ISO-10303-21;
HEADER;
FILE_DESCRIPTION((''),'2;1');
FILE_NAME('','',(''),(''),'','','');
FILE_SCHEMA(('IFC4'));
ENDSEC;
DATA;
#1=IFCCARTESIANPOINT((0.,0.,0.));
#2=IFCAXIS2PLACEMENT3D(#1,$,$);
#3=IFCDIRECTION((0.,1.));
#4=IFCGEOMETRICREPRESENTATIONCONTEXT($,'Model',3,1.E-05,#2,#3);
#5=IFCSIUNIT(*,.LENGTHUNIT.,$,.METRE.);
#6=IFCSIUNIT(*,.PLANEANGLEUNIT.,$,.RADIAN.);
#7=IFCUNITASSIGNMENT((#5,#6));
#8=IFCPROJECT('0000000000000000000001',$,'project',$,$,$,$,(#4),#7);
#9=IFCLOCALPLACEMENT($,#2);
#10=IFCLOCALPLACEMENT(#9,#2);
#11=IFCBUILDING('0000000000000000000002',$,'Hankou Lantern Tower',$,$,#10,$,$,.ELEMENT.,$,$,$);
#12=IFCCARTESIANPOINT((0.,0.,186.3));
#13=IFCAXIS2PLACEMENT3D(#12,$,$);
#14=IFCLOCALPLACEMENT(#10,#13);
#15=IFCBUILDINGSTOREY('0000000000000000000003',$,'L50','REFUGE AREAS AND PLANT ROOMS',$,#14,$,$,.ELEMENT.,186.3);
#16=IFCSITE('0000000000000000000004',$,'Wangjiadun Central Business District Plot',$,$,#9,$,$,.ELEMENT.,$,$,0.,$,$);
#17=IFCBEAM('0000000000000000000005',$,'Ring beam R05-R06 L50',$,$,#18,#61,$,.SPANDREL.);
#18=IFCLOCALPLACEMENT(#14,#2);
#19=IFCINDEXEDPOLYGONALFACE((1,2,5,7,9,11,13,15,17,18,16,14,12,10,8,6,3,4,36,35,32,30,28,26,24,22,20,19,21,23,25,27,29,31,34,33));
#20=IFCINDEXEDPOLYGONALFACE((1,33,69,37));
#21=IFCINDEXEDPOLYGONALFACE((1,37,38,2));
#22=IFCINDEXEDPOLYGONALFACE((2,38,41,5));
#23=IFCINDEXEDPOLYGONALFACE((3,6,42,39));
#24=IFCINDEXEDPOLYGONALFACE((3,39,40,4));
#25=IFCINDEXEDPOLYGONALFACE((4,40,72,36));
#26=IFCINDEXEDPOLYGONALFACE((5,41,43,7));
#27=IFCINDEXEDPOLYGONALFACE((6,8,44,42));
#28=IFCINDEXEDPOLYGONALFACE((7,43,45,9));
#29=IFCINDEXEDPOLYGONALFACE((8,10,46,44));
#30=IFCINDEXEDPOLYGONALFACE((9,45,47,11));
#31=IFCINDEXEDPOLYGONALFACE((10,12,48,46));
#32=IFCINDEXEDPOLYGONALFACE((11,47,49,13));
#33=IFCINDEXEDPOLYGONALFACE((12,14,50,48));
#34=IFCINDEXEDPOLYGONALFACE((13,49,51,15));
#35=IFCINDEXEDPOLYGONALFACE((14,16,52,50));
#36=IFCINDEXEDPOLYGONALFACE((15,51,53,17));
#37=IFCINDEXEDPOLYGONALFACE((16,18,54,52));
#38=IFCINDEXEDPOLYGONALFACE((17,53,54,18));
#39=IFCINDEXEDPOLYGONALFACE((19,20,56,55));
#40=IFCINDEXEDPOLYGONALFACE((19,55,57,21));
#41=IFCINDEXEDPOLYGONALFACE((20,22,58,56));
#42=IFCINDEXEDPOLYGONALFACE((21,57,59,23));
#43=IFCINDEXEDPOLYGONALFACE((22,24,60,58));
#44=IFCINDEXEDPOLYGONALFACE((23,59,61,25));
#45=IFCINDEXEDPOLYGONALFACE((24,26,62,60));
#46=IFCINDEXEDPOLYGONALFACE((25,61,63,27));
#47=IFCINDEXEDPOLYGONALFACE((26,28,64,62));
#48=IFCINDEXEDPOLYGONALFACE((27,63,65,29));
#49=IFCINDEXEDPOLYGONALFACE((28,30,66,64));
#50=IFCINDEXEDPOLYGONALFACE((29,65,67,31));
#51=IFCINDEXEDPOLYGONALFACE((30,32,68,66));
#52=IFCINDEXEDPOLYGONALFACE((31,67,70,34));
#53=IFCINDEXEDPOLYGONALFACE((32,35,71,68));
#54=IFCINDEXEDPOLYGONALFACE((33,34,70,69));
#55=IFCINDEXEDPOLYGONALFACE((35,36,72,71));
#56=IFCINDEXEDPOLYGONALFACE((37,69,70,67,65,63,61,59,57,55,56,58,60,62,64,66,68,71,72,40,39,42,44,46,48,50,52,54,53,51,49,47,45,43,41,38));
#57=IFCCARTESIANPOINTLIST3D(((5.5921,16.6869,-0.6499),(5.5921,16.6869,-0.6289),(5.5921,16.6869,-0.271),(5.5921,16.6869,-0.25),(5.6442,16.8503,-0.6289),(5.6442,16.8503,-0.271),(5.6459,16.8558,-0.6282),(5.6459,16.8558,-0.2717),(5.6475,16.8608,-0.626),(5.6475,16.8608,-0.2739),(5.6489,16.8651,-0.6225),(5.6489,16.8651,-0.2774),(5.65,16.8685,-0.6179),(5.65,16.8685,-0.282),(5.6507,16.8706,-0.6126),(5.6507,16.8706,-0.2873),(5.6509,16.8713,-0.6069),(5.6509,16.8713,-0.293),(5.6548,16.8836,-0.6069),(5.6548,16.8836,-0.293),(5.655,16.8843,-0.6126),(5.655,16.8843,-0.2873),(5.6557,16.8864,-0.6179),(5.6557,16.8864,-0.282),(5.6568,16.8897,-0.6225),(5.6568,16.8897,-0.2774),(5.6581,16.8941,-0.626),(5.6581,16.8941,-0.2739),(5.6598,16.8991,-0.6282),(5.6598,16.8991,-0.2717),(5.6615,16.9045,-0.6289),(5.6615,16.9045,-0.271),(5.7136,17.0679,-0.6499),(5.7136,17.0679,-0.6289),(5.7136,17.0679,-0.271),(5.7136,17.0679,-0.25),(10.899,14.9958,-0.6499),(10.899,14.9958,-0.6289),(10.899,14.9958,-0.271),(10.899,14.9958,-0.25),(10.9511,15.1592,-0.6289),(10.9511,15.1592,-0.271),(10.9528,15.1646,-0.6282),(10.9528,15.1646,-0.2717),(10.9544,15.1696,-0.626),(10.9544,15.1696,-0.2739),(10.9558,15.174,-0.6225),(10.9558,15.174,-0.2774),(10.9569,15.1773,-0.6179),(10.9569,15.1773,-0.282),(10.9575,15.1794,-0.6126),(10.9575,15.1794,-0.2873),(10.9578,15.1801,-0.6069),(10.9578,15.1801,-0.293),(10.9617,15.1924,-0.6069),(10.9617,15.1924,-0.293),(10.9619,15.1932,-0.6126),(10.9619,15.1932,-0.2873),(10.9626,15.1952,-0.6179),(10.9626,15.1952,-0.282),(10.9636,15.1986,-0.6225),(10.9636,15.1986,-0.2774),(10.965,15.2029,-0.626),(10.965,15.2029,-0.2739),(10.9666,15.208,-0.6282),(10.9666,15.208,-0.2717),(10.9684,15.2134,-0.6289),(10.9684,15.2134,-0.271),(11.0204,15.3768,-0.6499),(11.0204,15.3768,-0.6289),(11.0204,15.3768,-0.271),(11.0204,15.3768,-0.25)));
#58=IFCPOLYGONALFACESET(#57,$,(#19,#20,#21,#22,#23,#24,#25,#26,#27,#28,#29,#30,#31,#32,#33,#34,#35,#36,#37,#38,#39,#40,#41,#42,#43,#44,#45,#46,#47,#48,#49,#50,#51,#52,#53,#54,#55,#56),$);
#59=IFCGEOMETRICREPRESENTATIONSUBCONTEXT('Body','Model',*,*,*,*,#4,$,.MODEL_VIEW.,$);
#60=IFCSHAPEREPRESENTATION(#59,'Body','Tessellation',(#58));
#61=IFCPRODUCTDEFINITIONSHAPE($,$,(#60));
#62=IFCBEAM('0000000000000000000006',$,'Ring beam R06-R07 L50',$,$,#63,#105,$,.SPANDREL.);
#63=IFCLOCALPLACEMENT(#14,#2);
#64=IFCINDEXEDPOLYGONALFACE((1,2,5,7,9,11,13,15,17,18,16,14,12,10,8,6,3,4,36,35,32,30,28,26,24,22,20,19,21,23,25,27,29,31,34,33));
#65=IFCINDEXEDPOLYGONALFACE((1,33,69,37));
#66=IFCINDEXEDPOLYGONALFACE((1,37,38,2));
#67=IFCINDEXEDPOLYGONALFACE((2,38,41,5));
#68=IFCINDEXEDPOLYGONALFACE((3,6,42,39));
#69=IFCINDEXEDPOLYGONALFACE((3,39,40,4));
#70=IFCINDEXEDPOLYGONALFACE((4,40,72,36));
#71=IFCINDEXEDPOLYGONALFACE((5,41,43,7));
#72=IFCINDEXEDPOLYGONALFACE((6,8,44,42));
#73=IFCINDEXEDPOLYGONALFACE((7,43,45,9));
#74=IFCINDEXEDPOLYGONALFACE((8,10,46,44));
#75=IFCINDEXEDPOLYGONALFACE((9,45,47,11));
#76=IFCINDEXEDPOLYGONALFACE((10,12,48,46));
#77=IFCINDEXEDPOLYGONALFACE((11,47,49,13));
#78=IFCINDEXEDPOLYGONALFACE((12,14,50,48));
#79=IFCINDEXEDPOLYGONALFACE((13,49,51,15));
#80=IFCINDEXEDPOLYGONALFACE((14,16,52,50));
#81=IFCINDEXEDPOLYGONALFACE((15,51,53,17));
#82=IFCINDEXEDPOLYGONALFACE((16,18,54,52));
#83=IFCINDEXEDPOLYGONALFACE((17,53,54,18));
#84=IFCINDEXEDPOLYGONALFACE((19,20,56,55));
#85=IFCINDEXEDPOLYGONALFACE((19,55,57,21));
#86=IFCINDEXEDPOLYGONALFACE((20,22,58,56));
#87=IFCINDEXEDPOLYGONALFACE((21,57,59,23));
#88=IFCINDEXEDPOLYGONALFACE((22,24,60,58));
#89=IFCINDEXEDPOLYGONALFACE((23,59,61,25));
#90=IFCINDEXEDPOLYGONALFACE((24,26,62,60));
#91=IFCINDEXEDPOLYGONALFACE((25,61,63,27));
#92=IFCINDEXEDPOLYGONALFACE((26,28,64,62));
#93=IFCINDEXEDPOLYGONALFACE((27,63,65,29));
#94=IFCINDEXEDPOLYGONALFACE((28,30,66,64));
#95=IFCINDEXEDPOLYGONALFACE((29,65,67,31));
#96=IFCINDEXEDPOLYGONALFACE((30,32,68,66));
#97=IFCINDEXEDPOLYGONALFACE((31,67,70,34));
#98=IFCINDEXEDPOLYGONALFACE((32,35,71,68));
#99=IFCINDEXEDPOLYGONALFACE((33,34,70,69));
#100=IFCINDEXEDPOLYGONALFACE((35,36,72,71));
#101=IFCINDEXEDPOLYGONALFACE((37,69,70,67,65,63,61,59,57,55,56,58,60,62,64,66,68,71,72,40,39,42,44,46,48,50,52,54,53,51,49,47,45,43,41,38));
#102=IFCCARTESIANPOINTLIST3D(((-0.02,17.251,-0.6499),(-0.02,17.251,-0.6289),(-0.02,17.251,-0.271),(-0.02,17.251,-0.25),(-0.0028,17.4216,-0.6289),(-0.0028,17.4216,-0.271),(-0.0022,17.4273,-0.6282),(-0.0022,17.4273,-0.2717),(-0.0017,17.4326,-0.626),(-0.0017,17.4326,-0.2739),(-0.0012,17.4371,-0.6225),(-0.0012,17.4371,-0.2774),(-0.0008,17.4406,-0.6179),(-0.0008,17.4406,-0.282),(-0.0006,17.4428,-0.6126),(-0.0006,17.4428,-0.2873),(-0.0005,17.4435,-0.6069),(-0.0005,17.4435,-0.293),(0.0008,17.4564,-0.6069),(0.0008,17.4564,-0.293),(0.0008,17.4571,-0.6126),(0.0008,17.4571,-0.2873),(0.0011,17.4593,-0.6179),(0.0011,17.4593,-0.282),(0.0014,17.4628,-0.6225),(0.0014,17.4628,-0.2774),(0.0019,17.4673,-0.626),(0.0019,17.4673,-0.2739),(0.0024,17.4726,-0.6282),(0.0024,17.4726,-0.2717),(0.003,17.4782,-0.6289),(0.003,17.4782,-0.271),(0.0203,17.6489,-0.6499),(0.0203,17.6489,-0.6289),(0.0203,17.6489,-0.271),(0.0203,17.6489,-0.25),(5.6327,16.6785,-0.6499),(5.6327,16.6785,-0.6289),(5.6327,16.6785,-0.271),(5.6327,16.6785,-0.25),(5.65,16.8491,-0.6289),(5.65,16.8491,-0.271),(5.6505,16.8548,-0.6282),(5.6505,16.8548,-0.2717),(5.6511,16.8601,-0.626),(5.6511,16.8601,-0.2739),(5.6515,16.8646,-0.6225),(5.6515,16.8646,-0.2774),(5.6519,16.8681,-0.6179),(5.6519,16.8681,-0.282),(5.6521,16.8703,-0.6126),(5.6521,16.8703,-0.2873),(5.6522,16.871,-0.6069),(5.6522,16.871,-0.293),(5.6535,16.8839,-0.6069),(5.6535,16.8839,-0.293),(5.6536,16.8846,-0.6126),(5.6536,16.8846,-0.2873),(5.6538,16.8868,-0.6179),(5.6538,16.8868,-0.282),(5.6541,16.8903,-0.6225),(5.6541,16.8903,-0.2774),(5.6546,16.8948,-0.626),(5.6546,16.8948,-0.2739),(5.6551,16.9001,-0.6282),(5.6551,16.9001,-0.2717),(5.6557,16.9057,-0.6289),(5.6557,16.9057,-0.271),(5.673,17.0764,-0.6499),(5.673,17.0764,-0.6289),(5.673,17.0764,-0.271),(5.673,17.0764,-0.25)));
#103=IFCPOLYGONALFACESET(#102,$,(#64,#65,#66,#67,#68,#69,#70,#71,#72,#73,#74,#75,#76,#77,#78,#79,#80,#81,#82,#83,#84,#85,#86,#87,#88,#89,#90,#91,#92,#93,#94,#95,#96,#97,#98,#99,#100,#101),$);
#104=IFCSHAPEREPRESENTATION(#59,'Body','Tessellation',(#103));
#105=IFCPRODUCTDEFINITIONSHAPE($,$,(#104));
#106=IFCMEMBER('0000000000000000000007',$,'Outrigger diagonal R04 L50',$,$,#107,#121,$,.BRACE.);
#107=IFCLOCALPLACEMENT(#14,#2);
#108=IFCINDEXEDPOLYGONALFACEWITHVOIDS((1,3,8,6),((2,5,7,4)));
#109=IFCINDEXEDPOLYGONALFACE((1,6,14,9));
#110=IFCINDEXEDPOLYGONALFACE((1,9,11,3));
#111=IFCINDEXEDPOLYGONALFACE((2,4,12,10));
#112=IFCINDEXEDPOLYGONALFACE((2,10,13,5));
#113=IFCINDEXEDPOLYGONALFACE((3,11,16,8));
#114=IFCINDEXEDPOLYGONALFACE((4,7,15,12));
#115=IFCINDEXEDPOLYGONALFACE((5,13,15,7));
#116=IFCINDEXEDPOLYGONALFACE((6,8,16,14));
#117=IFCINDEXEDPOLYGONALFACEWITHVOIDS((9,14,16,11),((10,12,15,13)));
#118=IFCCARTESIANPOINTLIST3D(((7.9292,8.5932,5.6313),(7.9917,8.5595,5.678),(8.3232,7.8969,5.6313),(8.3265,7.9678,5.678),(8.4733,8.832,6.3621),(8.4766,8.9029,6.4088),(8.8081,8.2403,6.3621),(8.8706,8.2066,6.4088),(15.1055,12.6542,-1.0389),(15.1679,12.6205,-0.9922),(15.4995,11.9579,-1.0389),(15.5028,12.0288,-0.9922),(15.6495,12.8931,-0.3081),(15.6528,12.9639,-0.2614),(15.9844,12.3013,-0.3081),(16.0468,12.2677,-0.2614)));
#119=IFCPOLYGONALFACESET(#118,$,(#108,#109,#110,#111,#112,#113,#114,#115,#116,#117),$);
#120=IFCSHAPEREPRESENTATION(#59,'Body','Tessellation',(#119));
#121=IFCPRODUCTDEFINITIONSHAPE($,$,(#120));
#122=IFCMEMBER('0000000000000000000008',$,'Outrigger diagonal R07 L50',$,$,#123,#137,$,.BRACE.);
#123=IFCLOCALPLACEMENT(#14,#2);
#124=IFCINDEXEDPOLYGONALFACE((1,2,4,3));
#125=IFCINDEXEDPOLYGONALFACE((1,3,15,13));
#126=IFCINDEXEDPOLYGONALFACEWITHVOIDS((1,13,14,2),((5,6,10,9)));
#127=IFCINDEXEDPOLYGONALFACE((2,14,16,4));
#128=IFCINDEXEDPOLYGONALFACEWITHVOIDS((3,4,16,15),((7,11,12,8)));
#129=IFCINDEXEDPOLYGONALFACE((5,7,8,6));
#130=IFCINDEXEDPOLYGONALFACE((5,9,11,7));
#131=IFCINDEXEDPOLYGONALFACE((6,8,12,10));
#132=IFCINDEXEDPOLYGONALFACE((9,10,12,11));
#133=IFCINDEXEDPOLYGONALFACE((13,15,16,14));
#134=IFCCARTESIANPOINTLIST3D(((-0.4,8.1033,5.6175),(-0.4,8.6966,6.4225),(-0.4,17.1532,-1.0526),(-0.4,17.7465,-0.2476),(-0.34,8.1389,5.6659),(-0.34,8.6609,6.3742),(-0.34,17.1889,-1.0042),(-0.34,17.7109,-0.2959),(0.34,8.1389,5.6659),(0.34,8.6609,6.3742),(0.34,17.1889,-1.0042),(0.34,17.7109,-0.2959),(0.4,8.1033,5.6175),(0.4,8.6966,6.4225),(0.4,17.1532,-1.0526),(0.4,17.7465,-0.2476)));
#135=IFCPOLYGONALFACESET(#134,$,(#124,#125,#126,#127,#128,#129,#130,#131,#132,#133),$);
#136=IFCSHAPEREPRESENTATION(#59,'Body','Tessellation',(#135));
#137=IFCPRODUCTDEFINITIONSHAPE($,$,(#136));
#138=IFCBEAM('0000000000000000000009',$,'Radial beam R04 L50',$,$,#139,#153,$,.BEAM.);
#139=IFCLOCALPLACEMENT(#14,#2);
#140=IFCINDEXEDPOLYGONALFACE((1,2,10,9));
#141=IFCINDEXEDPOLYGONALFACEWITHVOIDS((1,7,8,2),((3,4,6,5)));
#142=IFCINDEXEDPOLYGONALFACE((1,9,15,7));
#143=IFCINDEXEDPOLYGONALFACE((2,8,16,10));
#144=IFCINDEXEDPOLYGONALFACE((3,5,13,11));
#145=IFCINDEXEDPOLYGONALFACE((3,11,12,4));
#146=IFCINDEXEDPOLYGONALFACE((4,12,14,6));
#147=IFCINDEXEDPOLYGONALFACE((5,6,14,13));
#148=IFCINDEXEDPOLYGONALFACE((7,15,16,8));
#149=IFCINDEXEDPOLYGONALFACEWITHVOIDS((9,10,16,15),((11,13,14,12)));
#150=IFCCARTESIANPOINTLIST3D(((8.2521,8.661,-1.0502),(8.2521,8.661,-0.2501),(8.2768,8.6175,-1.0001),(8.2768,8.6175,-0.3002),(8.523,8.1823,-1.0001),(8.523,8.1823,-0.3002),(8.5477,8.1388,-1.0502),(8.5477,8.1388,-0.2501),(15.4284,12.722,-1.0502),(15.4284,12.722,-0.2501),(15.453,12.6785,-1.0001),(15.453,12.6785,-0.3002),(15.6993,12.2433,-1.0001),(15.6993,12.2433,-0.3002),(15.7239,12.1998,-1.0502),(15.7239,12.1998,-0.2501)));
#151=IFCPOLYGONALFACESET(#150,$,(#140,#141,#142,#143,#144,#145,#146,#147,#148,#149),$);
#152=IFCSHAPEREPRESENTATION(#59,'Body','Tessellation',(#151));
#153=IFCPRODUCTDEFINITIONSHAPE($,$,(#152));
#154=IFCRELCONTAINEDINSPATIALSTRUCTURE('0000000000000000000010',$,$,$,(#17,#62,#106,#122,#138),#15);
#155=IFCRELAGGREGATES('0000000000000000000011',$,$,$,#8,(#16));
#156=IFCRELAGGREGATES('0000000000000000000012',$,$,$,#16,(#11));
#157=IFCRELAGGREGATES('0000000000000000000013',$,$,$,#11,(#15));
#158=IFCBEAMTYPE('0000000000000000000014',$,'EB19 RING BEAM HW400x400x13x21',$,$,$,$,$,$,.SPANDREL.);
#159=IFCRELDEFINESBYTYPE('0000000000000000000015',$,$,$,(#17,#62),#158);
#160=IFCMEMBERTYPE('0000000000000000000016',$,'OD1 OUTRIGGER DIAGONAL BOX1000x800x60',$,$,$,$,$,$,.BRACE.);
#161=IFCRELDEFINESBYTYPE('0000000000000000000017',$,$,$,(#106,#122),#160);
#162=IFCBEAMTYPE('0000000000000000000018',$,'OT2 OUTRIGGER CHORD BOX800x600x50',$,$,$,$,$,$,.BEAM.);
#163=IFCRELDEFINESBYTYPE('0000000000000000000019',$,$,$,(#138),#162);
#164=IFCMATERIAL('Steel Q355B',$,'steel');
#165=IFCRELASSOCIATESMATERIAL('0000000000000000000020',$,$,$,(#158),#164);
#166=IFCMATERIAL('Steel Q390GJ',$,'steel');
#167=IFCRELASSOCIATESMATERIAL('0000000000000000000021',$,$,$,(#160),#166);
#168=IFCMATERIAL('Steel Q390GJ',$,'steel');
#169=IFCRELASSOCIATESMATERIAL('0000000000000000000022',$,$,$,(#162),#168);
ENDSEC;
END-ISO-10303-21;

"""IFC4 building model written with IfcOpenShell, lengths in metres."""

from ifc_helpers import new_model, si_unit, direction, frame, origin, origin_2d, place, context, subcontext, project, spatial, hollow_rectangle, i_section, extrude, material, material_profile, profile_set, type_object, element, save


model = new_model("IFC4")

# Units and contexts
model_context = context("Model", 3, precision=1e-05, world=origin(), true_north=direction((0.0, 1.0)))
body_context = subcontext(model_context, "Body", "Model", "MODEL_VIEW")
ifc_project = project(units=[si_unit("LENGTHUNIT", "METRE"), si_unit("PLANEANGLEUNIT", "RADIAN")], contexts=[model_context])

# Site, building, storey
site_placement = place(None, origin())
site = spatial("IfcSite", under=ifc_project, at=site_placement, Name="Wangjiadun Central Business District Plot", CompositionType="ELEMENT", RefElevation=0.0)
building_placement = place(site_placement, origin())
building = spatial("IfcBuilding", under=site, at=building_placement, Name="Hankou Lantern Tower", CompositionType="ELEMENT")
storey_placement = place(building_placement, frame((0.0, 0.0, 186.3)))
storey = spatial("IfcBuildingStorey", under=building, at=storey_placement, Name="L50", Description="REFUGE AREAS AND PLANT ROOMS", CompositionType="ELEMENT", Elevation=186.3)

# Beams
ifc_material_1 = material(Name="Steel Q355B", Category="steel")
ifc_material_profile_1 = material_profile(ifc_material_1, i_section(OverallWidth=0.3999, OverallDepth=0.3999, WebThickness=0.0129, FlangeThickness=0.021, FilletRadius=0.022, at=origin_2d()), Name="HW400x400x13x21")
ifc_profile_set_1 = profile_set([ifc_material_profile_1], Name="Steel Q355B")
beam_type_1 = type_object("IfcBeamType", Name="EB19 RING BEAM HW400x400x13x21", PredefinedType="SPANDREL", material=ifc_profile_set_1)
beam_1_placement = place(storey_placement, frame((10.9597, 15.1863, -0.45), z_axis=(-0.95279, 0.303629, 0.0), x_axis=(-0.303629, -0.95279, 0.0)))
element("IfcBeam", 1, at=beam_1_placement, inside=storey, type_object=beam_type_1, Name="Ring beam R05-R06 L50", PredefinedType="SPANDREL", context=body_context, shape_type="SweptSolid", body=[
    extrude(i_section(OverallWidth=0.3999, OverallDepth=0.3999, WebThickness=0.0129, FlangeThickness=0.021, FilletRadius=0.022, at=origin_2d()), origin(), (0.0, 0.0, 1.0), 5.5698),
])
beam_2_placement = place(storey_placement, frame((5.6528, 16.8774, -0.45), z_axis=(-0.99491, 0.100763, 0.0), x_axis=(-0.100763, -0.99491, 0.0)))
element("IfcBeam", 2, at=beam_2_placement, inside=storey, type_object=beam_type_1, Name="Ring beam R06-R07 L50", PredefinedType="SPANDREL", context=body_context, shape_type="SweptSolid", body=[
    extrude(i_section(OverallWidth=0.3999, OverallDepth=0.3999, WebThickness=0.0129, FlangeThickness=0.021, FilletRadius=0.022, at=origin_2d()), origin(), (0.0, 0.0, 1.0), 5.6816),
])

# Members
ifc_material_2 = material(Name="Steel Q390GJ", Category="steel")
ifc_material_profile_2 = material_profile(ifc_material_2, hollow_rectangle(XDim=0.8, YDim=1.0, WallThickness=0.0601, at=origin_2d()), Name="BOX1000x800x60")
ifc_profile_set_2 = profile_set([ifc_material_profile_2], Name="Steel Q390GJ")
member_type = type_object("IfcMemberType", Name="OD1 OUTRIGGER DIAGONAL BOX1000x800x60", PredefinedType="BRACE", material=ifc_profile_set_2)
member_1_placement = place(storey_placement, frame((8.3999, 8.3999, 6.02), z_axis=(0.676639, 0.382909, -0.62892), x_axis=(-0.492506, 0.870309, 0.0)))
element("IfcMember", 3, at=member_1_placement, inside=storey, type_object=member_type, Name="Outrigger diagonal R04 L50", PredefinedType="BRACE", context=body_context, shape_type="SweptSolid", body=[
    extrude(hollow_rectangle(XDim=0.8, YDim=1.0, WallThickness=0.0601, at=origin_2d()), origin(), (0.0, 0.0, 1.0), 10.6057),
])
member_2_placement = place(storey_placement, frame((0.0, 8.3999, 6.02), z_axis=(0.0, 0.804983, -0.593298), x_axis=(-1.0, 0.0, 0.0)))
element("IfcMember", 4, at=member_2_placement, inside=storey, type_object=member_type, Name="Outrigger diagonal R07 L50", PredefinedType="BRACE", context=body_context, shape_type="SweptSolid", body=[
    extrude(hollow_rectangle(XDim=0.8, YDim=1.0, WallThickness=0.0601, at=origin_2d()), origin(), (0.0, 0.0, 1.0), 11.2424),
])

# Beam
ifc_material_3 = material(Name="Steel Q390GJ", Category="steel")
ifc_material_profile_3 = material_profile(ifc_material_3, hollow_rectangle(XDim=0.6001, YDim=0.8, WallThickness=0.05, at=origin_2d()), Name="BOX800x600x50")
ifc_profile_set_3 = profile_set([ifc_material_profile_3], Name="Steel Q390GJ")
beam_type_2 = type_object("IfcBeamType", Name="OT2 OUTRIGGER CHORD BOX800x600x50", PredefinedType="BEAM", material=ifc_profile_set_3)
beam_3_placement = place(storey_placement, frame((8.3999, 8.3999, -0.6501), z_axis=(0.870309, 0.492506, 0.0), x_axis=(-0.492506, 0.870309, 0.0)))
element("IfcBeam", 5, at=beam_3_placement, inside=storey, type_object=beam_type_2, Name="Radial beam R04 L50", PredefinedType="BEAM", context=body_context, shape_type="SweptSolid", body=[
    extrude(hollow_rectangle(XDim=0.6001, YDim=0.8, WallThickness=0.05, at=origin_2d()), origin(), (0.0, 0.0, 1.0), 8.2456),
])

save(model, "model.ifc")
